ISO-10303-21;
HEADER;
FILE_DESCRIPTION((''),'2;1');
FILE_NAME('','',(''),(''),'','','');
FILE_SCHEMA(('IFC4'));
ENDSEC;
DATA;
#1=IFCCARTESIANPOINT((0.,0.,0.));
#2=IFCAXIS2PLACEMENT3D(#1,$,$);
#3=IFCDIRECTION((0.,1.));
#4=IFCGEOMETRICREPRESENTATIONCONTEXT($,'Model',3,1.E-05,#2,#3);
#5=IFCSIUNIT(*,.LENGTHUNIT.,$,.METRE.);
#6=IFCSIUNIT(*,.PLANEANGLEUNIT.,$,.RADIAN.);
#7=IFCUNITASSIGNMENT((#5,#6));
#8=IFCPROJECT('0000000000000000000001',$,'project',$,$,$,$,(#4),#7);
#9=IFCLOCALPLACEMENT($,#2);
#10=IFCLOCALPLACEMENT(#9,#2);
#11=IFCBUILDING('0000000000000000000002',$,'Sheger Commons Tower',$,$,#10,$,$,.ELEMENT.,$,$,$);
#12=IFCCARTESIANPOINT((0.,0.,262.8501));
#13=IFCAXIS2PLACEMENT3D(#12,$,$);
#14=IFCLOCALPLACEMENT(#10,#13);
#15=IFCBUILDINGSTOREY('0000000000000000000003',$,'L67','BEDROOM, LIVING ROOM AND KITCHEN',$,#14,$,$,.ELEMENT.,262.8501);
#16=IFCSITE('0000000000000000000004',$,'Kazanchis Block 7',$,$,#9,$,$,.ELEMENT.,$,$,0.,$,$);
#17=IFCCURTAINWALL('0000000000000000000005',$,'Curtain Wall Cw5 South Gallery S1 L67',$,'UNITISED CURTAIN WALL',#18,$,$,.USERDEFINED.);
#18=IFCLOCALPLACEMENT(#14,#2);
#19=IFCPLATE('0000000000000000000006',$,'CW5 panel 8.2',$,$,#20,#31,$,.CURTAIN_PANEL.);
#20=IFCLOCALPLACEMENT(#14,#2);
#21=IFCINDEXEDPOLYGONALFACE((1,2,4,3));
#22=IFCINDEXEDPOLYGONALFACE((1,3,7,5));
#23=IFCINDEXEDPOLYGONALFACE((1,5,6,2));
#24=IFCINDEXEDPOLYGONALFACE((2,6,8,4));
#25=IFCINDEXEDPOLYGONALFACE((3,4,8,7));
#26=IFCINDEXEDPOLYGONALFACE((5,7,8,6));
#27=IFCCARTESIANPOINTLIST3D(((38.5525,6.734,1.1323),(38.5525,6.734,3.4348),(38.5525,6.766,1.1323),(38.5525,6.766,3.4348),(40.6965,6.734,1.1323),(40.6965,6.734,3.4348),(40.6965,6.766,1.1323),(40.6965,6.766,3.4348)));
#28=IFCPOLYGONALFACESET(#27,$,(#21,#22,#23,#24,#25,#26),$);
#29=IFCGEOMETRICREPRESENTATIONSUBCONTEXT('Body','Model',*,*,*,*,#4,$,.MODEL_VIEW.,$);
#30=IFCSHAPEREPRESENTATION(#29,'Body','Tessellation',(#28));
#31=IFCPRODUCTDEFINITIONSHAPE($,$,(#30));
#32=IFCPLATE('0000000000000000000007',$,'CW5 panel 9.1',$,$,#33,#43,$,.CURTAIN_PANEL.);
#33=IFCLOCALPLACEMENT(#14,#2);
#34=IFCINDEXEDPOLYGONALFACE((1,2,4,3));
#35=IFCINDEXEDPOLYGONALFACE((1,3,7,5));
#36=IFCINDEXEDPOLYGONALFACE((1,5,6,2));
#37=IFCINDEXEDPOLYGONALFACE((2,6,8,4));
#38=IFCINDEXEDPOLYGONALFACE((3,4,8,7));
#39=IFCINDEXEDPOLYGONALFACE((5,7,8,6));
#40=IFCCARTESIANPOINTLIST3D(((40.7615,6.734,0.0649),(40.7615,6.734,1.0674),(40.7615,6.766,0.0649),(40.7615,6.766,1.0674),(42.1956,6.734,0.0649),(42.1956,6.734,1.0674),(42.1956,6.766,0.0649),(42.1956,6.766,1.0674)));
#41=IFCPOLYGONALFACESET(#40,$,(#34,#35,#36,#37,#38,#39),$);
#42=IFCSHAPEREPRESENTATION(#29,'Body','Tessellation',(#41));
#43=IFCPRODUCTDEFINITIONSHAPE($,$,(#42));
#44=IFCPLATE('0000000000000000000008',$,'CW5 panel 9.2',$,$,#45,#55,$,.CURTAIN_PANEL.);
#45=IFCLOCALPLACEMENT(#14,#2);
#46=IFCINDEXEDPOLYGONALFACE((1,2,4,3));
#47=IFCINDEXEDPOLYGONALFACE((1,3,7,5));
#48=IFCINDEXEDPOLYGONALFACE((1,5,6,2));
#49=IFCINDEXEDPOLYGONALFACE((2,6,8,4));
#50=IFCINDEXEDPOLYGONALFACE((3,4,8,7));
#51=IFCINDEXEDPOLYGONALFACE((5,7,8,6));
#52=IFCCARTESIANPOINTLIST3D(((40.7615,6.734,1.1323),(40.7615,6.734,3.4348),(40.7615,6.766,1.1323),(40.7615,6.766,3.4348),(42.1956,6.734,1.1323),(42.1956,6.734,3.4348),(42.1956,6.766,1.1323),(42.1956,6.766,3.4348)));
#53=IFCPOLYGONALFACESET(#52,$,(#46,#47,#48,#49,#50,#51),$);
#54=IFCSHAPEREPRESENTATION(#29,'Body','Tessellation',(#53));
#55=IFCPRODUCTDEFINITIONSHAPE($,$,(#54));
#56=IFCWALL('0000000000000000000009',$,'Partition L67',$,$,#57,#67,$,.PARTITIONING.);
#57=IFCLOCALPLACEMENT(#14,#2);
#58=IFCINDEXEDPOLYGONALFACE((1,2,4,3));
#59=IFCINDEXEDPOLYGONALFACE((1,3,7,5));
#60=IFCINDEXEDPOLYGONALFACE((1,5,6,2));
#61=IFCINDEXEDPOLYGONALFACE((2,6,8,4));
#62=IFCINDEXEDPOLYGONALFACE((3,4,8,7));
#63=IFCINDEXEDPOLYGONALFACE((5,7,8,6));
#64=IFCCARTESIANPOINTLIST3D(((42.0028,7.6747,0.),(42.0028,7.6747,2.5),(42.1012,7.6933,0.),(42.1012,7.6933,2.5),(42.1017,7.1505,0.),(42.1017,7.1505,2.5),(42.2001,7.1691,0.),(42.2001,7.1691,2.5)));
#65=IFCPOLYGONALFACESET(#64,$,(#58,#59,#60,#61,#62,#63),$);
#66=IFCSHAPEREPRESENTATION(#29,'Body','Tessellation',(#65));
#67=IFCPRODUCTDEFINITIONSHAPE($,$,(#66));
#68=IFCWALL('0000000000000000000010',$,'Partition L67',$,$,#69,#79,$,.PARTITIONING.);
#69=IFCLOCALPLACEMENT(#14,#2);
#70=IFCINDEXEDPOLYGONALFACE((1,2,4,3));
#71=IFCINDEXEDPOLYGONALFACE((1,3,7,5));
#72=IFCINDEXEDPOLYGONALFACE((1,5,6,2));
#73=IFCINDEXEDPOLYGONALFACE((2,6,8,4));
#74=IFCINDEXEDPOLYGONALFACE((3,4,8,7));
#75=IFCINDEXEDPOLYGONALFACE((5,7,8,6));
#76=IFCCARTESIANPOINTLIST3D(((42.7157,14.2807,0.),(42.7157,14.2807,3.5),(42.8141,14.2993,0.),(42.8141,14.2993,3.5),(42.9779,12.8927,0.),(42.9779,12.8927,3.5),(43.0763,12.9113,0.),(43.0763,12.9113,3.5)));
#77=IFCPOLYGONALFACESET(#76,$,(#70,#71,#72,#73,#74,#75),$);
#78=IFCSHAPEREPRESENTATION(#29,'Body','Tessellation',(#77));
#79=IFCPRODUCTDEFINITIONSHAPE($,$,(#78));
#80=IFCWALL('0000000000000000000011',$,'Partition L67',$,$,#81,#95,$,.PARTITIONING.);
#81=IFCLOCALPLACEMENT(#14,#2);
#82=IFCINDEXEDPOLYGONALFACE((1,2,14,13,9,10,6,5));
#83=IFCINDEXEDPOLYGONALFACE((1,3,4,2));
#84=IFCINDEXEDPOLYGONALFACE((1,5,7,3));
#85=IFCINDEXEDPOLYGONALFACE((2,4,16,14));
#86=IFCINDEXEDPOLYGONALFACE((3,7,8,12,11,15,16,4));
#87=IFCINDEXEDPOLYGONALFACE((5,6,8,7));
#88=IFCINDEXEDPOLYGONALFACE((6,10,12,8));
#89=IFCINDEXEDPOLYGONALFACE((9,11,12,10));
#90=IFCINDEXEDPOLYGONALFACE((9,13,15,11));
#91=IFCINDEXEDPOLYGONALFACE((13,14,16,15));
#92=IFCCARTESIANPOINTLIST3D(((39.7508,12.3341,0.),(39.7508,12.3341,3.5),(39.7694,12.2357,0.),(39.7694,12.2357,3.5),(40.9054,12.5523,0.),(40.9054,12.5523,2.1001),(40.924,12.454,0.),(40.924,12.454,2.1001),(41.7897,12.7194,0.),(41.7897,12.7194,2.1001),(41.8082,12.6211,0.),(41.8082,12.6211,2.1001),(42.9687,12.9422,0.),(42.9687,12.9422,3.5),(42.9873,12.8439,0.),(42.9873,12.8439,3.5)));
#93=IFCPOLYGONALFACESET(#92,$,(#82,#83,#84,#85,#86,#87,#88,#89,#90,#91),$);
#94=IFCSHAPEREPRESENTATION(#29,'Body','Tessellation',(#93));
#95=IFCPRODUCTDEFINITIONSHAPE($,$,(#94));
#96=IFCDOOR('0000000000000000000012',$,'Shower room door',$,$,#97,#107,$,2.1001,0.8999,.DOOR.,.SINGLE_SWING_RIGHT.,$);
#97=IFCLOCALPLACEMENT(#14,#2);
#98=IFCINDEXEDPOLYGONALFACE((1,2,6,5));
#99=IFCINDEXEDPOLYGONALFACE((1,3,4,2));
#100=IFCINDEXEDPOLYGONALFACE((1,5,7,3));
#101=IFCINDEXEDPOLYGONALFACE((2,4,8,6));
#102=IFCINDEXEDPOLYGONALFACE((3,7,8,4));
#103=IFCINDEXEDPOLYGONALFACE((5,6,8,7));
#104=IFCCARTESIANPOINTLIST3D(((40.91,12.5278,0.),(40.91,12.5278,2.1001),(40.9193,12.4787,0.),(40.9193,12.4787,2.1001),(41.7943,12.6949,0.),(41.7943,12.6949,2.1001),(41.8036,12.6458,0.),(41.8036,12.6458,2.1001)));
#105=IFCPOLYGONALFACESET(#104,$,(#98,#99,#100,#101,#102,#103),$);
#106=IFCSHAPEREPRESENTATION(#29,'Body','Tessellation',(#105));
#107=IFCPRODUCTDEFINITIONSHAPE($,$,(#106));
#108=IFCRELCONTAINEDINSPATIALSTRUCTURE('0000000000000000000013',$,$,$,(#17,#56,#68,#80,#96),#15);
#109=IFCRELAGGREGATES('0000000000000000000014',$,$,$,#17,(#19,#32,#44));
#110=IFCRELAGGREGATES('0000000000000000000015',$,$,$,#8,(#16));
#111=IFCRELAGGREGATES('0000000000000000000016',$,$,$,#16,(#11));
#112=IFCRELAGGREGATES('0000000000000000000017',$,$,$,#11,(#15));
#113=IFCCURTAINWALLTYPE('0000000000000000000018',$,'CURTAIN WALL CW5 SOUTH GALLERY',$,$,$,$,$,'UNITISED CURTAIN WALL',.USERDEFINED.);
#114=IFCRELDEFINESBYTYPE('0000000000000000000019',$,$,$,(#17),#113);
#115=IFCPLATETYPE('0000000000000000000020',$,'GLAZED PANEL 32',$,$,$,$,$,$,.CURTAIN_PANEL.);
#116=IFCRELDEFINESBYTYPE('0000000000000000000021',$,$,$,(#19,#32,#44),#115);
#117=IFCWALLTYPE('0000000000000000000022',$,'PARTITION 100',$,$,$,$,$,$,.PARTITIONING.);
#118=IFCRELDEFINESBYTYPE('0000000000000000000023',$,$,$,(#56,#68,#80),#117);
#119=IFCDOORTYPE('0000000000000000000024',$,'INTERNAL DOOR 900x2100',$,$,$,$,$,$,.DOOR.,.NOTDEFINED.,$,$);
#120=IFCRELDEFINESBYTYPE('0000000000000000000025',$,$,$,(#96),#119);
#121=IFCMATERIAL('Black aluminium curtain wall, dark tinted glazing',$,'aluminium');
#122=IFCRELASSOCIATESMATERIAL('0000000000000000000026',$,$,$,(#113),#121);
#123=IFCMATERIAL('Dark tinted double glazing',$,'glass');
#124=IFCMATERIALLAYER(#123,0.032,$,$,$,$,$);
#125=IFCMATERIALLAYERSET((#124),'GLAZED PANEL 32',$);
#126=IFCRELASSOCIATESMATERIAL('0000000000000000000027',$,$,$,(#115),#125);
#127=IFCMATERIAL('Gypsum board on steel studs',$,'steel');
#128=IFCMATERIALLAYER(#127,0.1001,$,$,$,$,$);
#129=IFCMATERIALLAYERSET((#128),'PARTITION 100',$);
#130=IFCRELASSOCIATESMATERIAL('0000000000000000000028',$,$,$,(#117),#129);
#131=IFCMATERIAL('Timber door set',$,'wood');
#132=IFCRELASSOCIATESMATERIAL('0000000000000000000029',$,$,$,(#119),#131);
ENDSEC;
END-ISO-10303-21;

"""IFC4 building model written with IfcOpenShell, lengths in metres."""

from ifc_helpers import new_model, si_unit, direction, frame, frame_2d, origin, origin_2d, place, context, subcontext, project, spatial, rectangle, extrude, material, layer, layer_set, type_object, element, fill, aggregate, save


model = new_model("IFC4")

# Units and contexts
model_context = context("Model", 3, precision=1e-05, world=origin(), true_north=direction((0.0, 1.0)))
body_context = subcontext(model_context, "Body", "Model", "MODEL_VIEW")
ifc_project = project(units=[si_unit("LENGTHUNIT", "METRE"), si_unit("PLANEANGLEUNIT", "RADIAN")], contexts=[model_context])

# Site, building, storey
site_placement = place(None, origin())
site = spatial("IfcSite", under=ifc_project, at=site_placement, Name="Kazanchis Block 7", CompositionType="ELEMENT", RefElevation=0.0)
building_placement = place(site_placement, origin())
building = spatial("IfcBuilding", under=site, at=building_placement, Name="Sheger Commons Tower", CompositionType="ELEMENT")
storey_placement = place(building_placement, frame((0.0, 0.0, 262.8501)))
storey = spatial("IfcBuildingStorey", under=building, at=storey_placement, Name="L67", Description="BEDROOM, LIVING ROOM AND KITCHEN", CompositionType="ELEMENT", Elevation=262.8501)

# Curtain wall, plates
ifc_material_1 = material(Name="Black aluminium curtain wall, dark tinted glazing", Category="aluminium")
curtain_wall_type = type_object("IfcCurtainWallType", Name="CURTAIN WALL CW5 SOUTH GALLERY", ElementType="UNITISED CURTAIN WALL", PredefinedType="USERDEFINED", material=ifc_material_1)
curtain_wall_placement = place(storey_placement, origin())
curtain_wall = element("IfcCurtainWall", 1, at=curtain_wall_placement, inside=storey, type_object=curtain_wall_type, Name="Curtain Wall Cw5 South Gallery S1 L67", ObjectType="UNITISED CURTAIN WALL", PredefinedType="USERDEFINED")
ifc_material_2 = material(Name="Dark tinted double glazing", Category="glass")
ifc_layer_1 = layer(ifc_material_2, 0.032)
ifc_layer_set_1 = layer_set([ifc_layer_1], Name="GLAZED PANEL 32")
plate_type = type_object("IfcPlateType", Name="GLAZED PANEL 32", PredefinedType="CURTAIN_PANEL", material=ifc_layer_set_1)
plate_1_placement = place(storey_placement, frame((39.6245, 6.75, 1.1323), z_axis=(0.0, 0.0, 1.0), x_axis=(1.0, 0.0, 0.0)))
plate_1 = element("IfcPlate", 2, at=plate_1_placement, type_object=plate_type, Name="CW5 panel 8.2", PredefinedType="CURTAIN_PANEL", context=body_context, shape_type="SweptSolid", body=[
    extrude(rectangle(XDim=2.144, YDim=0.032, at=origin_2d()), origin(), (0.0, 0.0, 1.0), 2.3025),
])
plate_2_placement = place(storey_placement, frame((41.4785, 6.75, 0.0649), z_axis=(0.0, 0.0, 1.0), x_axis=(1.0, 0.0, 0.0)))
plate_2 = element("IfcPlate", 3, at=plate_2_placement, type_object=plate_type, Name="CW5 panel 9.1", PredefinedType="CURTAIN_PANEL", context=body_context, shape_type="SweptSolid", body=[
    extrude(rectangle(XDim=1.4341, YDim=0.032, at=origin_2d()), origin(), (0.0, 0.0, 1.0), 1.0024),
])
plate_3_placement = place(storey_placement, frame((41.4785, 6.75, 1.1323), z_axis=(0.0, 0.0, 1.0), x_axis=(1.0, 0.0, 0.0)))
plate_3 = element("IfcPlate", 4, at=plate_3_placement, type_object=plate_type, Name="CW5 panel 9.2", PredefinedType="CURTAIN_PANEL", context=body_context, shape_type="SweptSolid", body=[
    extrude(rectangle(XDim=1.4341, YDim=0.032, at=origin_2d()), origin(), (0.0, 0.0, 1.0), 2.3025),
])
aggregate(curtain_wall, [plate_1, plate_2, plate_3])

# Walls
ifc_material_3 = material(Name="Gypsum board on steel studs", Category="steel")
ifc_layer_2 = layer(ifc_material_3, 0.1001)
ifc_layer_set_2 = layer_set([ifc_layer_2], Name="PARTITION 100")
wall_type = type_object("IfcWallType", Name="PARTITION 100", PredefinedType="PARTITIONING", material=ifc_layer_set_2)
wall_1_placement = place(storey_placement, frame((42.1509, 7.1599, 0.0), z_axis=(0.0, 0.0, 1.0), x_axis=(-0.185366, 0.98267, 0.0)))
element("IfcWall", 5, at=wall_1_placement, inside=storey, type_object=wall_type, Name="Partition L67", PredefinedType="PARTITIONING", context=body_context, shape_type="SweptSolid", body=[
    extrude(rectangle(XDim=0.5334, YDim=0.1001, at=frame_2d((0.2666, 0.0))), origin(), (0.0, 0.0, 1.0), 2.5),
])
wall_2_placement = place(storey_placement, frame((42.7649, 14.29, 0.0), z_axis=(0.0, 0.0, 1.0), x_axis=(0.185635, -0.982619, 0.0)))
element("IfcWall", 6, at=wall_2_placement, inside=storey, type_object=wall_type, Name="Partition L67", PredefinedType="PARTITIONING", context=body_context, shape_type="SweptSolid", body=[
    extrude(rectangle(XDim=1.4126, YDim=0.1001, at=frame_2d((0.7063, 0.0))), origin(), (0.0, 0.0, 1.0), 3.5),
])

# Wall, opening, door
wall_3_placement = place(storey_placement, frame((42.978, 12.8931, 0.0), z_axis=(0.0, 0.0, 1.0), x_axis=(-0.982607, -0.185697, 0.0)))
wall_3 = element("IfcWall", 7, at=wall_3_placement, inside=storey, type_object=wall_type, Name="Partition L67", PredefinedType="PARTITIONING", context=body_context, shape_type="SweptSolid", body=[
    extrude(rectangle(XDim=3.2749, YDim=0.1001, at=frame_2d((1.6375, 0.0))), origin(), (0.0, 0.0, 1.0), 3.5),
])
opening_placement = place(wall_3_placement, frame((1.2, 0.0, 0.0)))
opening = element("IfcOpeningElement", 8, at=opening_placement, cuts=wall_3, PredefinedType="OPENING", context=body_context, shape_type="SweptSolid", body=[
    extrude(rectangle(XDim=0.8999, YDim=2.1001, at=frame_2d((0.45, 1.05))), frame((0.0, 0.0601, 0.0), z_axis=(0.0, -1.0, 0.0), x_axis=(1.0, 0.0, 0.0)), (0.0, 0.0, 1.0), 0.1201),
])
ifc_material_4 = material(Name="Timber door set", Category="wood")
door_type = type_object("IfcDoorType", Name="INTERNAL DOOR 900x2100", OperationType="NOTDEFINED", PredefinedType="DOOR", material=ifc_material_4)
door_placement = place(opening_placement, origin())
door = element("IfcDoor", 9, at=door_placement, inside=storey, type_object=door_type, Name="Shower room door", OperationType="SINGLE_SWING_RIGHT", OverallHeight=2.1001, OverallWidth=0.8999, PredefinedType="DOOR", context=body_context, shape_type="SweptSolid", body=[
    extrude(rectangle(XDim=0.8999, YDim=2.1001, at=frame_2d((0.45, 1.05))), frame((0.0, 0.0249, 0.0), z_axis=(0.0, -1.0, 0.0), x_axis=(1.0, 0.0, 0.0)), (0.0, 0.0, 1.0), 0.05),
])
fill(opening, door)

save(model, "model.ifc")
